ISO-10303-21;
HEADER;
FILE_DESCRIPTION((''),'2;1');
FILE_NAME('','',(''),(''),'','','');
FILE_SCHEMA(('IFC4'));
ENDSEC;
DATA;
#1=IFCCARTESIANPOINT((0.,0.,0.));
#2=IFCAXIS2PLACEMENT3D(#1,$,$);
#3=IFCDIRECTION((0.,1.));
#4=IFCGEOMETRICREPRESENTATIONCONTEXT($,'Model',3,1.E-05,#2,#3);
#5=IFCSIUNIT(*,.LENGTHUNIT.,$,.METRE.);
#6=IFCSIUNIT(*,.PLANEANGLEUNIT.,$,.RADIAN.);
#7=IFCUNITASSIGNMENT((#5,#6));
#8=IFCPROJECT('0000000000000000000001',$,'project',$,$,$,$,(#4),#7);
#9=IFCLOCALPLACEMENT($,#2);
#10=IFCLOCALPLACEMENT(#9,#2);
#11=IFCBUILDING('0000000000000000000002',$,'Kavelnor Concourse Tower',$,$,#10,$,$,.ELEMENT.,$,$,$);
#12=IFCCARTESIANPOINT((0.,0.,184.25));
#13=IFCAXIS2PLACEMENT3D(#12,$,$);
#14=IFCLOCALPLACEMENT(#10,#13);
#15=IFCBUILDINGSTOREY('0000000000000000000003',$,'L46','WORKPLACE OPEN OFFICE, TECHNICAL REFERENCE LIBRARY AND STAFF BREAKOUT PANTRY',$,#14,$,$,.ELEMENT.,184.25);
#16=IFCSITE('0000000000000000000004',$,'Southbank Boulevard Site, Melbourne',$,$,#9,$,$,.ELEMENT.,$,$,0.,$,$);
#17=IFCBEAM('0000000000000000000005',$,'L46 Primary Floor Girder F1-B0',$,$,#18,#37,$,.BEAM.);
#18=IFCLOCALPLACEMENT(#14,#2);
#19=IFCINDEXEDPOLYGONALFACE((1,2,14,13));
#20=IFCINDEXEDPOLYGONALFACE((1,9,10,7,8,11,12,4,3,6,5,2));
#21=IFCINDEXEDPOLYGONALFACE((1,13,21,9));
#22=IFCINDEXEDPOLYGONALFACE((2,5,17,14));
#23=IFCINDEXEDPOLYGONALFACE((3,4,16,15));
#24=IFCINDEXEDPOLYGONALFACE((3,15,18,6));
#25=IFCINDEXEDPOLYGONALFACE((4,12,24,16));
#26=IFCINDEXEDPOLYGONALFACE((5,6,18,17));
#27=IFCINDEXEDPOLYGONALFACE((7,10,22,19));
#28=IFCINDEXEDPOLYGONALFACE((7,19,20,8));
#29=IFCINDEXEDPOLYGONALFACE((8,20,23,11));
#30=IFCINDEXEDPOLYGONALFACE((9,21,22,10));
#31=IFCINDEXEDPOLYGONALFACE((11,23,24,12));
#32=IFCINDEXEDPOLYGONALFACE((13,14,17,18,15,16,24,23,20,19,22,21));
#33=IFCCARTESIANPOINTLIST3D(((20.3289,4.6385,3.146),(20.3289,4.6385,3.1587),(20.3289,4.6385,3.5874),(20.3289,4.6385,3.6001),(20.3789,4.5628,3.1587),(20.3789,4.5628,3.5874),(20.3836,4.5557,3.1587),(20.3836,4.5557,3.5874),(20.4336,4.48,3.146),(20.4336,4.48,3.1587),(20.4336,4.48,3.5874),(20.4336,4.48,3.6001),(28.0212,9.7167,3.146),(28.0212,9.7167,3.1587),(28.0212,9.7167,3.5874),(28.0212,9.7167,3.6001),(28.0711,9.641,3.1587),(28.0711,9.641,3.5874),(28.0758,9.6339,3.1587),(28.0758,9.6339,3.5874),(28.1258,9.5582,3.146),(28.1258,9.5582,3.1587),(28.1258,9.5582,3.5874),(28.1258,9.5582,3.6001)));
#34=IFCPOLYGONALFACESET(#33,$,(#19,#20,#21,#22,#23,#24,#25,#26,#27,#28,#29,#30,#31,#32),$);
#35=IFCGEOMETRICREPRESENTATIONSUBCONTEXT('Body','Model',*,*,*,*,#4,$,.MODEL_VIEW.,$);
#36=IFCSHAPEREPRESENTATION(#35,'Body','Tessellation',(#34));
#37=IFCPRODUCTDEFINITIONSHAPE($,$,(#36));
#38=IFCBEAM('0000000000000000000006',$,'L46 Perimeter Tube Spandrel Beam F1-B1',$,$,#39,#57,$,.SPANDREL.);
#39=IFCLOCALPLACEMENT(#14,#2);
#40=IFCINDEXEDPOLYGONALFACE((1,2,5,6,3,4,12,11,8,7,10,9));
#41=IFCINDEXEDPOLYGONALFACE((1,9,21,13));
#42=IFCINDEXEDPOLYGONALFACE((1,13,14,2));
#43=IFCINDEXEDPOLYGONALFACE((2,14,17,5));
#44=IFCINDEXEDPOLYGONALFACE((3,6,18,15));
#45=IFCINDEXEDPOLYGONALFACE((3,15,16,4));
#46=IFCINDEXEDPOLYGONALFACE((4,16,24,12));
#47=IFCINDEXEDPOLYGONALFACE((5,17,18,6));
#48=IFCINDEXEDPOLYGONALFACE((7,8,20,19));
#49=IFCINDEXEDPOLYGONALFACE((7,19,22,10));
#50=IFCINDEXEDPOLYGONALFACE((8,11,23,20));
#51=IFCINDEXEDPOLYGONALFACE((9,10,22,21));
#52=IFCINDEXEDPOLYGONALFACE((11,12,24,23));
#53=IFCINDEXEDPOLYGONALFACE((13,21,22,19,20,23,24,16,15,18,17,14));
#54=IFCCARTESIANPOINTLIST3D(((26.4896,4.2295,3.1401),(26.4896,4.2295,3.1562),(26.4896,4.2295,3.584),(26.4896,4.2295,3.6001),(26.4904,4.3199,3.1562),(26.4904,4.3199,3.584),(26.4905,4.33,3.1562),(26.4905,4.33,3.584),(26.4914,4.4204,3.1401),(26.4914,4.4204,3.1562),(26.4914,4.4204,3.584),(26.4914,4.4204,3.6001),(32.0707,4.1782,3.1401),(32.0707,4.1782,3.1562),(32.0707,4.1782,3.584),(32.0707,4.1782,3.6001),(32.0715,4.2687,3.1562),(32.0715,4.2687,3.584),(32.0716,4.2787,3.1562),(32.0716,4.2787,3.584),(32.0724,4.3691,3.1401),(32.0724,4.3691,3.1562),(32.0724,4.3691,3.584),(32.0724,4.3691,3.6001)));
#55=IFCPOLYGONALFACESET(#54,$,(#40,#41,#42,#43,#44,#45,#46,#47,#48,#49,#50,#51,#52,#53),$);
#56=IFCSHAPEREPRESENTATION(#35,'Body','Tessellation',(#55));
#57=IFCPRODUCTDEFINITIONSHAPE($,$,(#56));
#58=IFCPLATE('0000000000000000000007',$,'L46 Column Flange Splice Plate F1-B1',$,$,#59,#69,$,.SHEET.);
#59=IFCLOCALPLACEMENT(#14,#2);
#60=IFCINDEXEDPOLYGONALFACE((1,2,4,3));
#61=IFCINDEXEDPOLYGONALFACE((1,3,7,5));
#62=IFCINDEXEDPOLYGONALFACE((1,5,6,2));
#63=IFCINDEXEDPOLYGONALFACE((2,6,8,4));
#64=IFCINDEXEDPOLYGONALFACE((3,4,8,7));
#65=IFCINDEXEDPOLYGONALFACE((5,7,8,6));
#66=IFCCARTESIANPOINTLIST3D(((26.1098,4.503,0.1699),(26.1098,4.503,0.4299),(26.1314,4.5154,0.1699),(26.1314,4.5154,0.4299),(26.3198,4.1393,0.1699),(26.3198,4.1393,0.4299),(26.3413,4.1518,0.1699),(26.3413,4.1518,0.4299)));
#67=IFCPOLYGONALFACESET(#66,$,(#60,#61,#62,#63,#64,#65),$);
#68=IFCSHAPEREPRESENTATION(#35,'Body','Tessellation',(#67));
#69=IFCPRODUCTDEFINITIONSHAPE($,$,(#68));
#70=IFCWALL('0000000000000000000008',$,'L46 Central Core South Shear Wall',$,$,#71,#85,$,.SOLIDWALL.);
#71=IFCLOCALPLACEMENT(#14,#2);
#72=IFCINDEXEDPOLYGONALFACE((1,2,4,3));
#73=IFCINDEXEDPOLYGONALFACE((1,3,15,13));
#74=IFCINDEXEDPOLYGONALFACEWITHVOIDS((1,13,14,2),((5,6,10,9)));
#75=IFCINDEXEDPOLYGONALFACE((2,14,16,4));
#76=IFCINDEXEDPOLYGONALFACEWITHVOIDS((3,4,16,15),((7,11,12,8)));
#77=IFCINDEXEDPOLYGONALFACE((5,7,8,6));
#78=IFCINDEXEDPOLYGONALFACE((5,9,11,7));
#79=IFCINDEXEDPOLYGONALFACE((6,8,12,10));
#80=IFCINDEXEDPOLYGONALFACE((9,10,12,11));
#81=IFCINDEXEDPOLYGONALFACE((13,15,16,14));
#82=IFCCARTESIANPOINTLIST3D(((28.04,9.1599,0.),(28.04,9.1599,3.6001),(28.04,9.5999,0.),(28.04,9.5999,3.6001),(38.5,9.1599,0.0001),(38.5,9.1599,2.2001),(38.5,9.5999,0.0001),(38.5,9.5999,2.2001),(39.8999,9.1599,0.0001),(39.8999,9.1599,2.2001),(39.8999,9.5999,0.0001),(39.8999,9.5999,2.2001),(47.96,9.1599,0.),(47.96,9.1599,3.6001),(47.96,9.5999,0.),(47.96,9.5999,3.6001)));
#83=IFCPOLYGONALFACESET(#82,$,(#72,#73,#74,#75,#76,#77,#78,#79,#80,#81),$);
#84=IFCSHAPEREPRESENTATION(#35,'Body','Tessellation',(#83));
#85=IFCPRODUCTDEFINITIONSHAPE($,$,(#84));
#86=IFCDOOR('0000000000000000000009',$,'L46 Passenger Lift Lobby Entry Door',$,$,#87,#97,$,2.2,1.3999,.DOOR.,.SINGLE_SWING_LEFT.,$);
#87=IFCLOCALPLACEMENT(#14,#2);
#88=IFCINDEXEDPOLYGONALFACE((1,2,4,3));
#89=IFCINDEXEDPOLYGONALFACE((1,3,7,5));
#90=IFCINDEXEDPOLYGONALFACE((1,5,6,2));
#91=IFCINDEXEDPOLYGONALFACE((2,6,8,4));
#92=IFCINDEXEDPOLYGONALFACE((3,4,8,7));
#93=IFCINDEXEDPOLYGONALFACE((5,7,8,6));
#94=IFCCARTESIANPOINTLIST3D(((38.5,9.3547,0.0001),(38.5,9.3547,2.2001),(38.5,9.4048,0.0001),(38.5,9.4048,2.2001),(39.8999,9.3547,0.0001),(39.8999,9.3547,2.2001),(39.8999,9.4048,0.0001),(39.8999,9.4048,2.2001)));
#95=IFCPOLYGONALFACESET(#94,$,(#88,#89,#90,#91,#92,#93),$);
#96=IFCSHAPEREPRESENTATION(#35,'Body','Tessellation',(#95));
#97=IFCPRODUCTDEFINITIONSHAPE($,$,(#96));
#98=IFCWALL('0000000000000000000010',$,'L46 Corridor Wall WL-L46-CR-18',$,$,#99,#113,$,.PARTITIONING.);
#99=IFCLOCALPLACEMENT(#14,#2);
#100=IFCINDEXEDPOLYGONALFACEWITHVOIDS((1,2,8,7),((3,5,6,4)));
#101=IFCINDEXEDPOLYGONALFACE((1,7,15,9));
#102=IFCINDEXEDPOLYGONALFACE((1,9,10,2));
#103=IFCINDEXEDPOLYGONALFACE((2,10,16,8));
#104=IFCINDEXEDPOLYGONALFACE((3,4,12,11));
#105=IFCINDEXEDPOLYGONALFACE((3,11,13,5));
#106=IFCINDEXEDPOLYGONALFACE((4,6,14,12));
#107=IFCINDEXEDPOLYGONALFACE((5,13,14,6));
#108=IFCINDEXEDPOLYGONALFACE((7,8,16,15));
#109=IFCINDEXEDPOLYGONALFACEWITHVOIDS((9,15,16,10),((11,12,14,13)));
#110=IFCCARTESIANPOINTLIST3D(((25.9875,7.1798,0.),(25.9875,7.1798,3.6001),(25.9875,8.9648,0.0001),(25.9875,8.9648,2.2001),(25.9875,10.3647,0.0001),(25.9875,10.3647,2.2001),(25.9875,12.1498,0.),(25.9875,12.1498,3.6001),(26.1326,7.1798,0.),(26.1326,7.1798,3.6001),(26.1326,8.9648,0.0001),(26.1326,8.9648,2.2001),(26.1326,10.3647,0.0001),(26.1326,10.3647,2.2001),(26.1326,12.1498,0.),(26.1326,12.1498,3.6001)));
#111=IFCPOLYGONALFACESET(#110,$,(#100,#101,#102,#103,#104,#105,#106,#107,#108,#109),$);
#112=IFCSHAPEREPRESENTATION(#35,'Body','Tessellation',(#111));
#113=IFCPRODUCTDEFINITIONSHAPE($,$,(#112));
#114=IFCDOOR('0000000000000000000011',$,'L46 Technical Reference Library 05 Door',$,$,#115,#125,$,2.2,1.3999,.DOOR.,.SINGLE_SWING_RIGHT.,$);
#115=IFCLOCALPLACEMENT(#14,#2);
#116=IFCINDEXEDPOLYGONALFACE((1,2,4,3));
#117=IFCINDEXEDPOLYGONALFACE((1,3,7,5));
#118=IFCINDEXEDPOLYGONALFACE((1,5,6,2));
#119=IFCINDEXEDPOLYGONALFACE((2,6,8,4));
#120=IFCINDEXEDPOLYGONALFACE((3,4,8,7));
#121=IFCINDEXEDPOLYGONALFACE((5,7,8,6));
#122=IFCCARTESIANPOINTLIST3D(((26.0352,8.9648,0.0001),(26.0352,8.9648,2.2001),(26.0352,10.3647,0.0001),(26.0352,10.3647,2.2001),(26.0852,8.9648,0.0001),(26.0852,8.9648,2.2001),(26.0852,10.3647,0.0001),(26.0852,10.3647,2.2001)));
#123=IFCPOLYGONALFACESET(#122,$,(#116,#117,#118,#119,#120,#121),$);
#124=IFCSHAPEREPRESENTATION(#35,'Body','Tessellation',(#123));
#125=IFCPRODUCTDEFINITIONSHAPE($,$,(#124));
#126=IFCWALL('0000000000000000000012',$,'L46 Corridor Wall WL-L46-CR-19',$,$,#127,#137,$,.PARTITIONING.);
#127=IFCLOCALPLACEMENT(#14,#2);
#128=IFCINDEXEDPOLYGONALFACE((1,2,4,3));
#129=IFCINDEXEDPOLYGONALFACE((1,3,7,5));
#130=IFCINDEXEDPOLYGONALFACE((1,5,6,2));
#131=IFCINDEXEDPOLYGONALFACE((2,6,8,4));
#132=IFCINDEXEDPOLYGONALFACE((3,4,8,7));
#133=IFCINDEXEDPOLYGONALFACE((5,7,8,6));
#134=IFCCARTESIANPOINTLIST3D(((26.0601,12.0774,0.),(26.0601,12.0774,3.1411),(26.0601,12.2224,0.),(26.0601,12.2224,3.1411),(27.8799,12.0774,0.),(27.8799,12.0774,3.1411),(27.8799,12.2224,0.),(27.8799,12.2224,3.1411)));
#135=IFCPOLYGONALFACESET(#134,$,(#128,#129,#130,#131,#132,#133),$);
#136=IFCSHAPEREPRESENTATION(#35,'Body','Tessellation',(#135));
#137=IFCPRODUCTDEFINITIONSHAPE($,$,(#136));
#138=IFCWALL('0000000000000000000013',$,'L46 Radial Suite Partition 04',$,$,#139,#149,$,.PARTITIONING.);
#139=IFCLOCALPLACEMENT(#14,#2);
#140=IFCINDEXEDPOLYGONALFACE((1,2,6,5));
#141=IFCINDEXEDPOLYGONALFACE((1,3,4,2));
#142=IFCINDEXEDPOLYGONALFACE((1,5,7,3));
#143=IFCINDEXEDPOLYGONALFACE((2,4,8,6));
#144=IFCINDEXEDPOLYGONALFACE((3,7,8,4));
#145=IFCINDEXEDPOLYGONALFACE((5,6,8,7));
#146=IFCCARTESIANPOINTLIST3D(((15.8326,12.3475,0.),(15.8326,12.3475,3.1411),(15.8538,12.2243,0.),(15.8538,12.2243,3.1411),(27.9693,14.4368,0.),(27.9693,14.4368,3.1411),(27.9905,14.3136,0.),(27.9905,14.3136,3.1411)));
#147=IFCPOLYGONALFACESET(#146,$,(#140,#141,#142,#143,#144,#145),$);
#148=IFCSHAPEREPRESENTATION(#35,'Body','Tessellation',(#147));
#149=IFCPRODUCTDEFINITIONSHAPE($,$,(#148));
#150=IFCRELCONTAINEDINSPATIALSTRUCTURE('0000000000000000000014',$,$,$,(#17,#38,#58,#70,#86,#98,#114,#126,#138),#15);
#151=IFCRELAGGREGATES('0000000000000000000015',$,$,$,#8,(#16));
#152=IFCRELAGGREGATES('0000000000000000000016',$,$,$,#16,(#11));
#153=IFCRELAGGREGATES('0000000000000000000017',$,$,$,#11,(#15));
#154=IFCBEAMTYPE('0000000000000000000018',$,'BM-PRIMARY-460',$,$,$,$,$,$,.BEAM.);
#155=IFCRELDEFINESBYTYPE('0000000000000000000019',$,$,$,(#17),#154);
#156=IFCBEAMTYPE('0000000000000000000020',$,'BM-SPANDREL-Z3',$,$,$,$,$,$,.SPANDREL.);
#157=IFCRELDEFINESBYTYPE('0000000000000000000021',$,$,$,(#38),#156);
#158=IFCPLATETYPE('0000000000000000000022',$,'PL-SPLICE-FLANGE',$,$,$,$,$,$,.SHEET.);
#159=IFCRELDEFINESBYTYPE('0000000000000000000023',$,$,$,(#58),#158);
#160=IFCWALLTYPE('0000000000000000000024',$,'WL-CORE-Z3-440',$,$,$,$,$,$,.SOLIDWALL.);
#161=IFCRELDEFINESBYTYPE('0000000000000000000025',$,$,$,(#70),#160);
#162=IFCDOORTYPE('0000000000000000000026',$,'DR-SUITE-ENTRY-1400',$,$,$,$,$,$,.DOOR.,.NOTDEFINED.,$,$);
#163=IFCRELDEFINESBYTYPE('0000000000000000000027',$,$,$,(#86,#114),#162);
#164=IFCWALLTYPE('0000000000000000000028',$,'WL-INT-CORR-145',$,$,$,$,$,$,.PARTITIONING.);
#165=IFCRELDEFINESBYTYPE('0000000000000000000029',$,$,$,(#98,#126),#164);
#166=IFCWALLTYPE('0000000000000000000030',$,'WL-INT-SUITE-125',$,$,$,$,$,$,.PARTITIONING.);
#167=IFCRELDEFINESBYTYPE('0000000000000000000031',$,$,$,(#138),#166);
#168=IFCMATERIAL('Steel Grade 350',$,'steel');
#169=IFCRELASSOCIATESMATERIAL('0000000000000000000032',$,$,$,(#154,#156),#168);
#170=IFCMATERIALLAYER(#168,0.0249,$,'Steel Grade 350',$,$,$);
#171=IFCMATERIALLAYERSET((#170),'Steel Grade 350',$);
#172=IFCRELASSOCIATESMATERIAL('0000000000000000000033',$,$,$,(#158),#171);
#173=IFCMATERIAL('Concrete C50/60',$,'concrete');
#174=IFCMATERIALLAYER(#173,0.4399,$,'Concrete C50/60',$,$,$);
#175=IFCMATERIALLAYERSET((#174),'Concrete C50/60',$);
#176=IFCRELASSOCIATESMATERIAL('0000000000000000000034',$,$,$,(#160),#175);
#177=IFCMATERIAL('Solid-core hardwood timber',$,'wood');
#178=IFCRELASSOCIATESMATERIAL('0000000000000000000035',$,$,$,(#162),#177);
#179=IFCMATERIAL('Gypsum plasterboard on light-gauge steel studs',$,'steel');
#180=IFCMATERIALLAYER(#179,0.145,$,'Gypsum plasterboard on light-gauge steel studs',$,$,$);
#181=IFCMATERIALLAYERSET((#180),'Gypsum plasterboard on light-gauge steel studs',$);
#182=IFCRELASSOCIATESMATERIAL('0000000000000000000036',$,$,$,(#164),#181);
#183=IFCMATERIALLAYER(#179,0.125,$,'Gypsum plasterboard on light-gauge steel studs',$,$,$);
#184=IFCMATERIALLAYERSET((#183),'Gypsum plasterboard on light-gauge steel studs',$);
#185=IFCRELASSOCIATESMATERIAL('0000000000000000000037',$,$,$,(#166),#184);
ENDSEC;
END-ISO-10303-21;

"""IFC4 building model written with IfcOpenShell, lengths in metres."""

from ifc_helpers import new_model, si_unit, direction, frame, frame_2d, origin, origin_2d, place, context, subcontext, project, spatial, rectangle, i_section, extrude, material, layer, layer_set, material_profile, profile_set, type_object, element, fill, save


model = new_model("IFC4")

# Units and contexts
model_context = context("Model", 3, precision=1e-05, world=origin(), true_north=direction((0.0, 1.0)))
body_context = subcontext(model_context, "Body", "Model", "MODEL_VIEW")
ifc_project = project(units=[si_unit("LENGTHUNIT", "METRE"), si_unit("PLANEANGLEUNIT", "RADIAN")], contexts=[model_context])

# Site, building, storey
site_placement = place(None, origin())
site = spatial("IfcSite", under=ifc_project, at=site_placement, Name="Southbank Boulevard Site, Melbourne", CompositionType="ELEMENT", RefElevation=0.0)
building_placement = place(site_placement, origin())
building = spatial("IfcBuilding", under=site, at=building_placement, Name="Kavelnor Concourse Tower", CompositionType="ELEMENT")
storey_placement = place(building_placement, frame((0.0, 0.0, 184.25)))
storey = spatial("IfcBuildingStorey", under=building, at=storey_placement, Name="L46", Description="WORKPLACE OPEN OFFICE, TECHNICAL REFERENCE LIBRARY AND STAFF BREAKOUT PANTRY", CompositionType="ELEMENT", Elevation=184.25)

# Shared definitions
ifc_material_1 = material(Name="Steel Grade 350", Category="steel")

# Beams
ifc_material_profile_1 = material_profile(ifc_material_1, i_section(OverallWidth=0.1899, OverallDepth=0.4541, WebThickness=0.0085, FlangeThickness=0.0127, at=origin_2d()), Name="460UB67")
ifc_profile_set_1 = profile_set([ifc_material_profile_1], Name="Steel Grade 350")
beam_type_1 = type_object("IfcBeamType", Name="BM-PRIMARY-460", PredefinedType="BEAM", material=ifc_profile_set_1)
beam_1_placement = place(storey_placement, frame((28.0735, 9.6375, 3.373), z_axis=(-0.834544, -0.550941, 0.0), x_axis=(0.550941, -0.834544, 0.0)))
element("IfcBeam", 1, at=beam_1_placement, inside=storey, type_object=beam_type_1, Name="L46 Primary Floor Girder F1-B0", PredefinedType="BEAM", context=body_context, shape_type="SweptSolid", body=[
    extrude(i_section(OverallWidth=0.1899, OverallDepth=0.4541, WebThickness=0.0085, FlangeThickness=0.0127, at=origin_2d()), origin(), (0.0, 0.0, 1.0), 9.2173),
])
ifc_material_profile_2 = material_profile(ifc_material_1, i_section(OverallWidth=0.1909, OverallDepth=0.46, WebThickness=0.01, FlangeThickness=0.0161, at=origin_2d()), Name="460UB82")
ifc_profile_set_2 = profile_set([ifc_material_profile_2], Name="Steel Grade 350")
beam_type_2 = type_object("IfcBeamType", Name="BM-SPANDREL-Z3", PredefinedType="SPANDREL", material=ifc_profile_set_2)
beam_2_placement = place(storey_placement, frame((26.4905, 4.325, 3.3701), z_axis=(0.999958, -0.009186, 0.0), x_axis=(0.009186, 0.999958, 0.0)))
element("IfcBeam", 2, at=beam_2_placement, inside=storey, type_object=beam_type_2, Name="L46 Perimeter Tube Spandrel Beam F1-B1", PredefinedType="SPANDREL", context=body_context, shape_type="SweptSolid", body=[
    extrude(i_section(OverallWidth=0.1909, OverallDepth=0.46, WebThickness=0.01, FlangeThickness=0.0161, at=origin_2d()), origin(), (0.0, 0.0, 1.0), 5.5813),
])

# Plate
ifc_layer_1 = layer(ifc_material_1, 0.0249, Name="Steel Grade 350")
ifc_layer_set_1 = layer_set([ifc_layer_1], Name="Steel Grade 350")
plate_type = type_object("IfcPlateType", Name="PL-SPLICE-FLANGE", PredefinedType="SHEET", material=ifc_layer_set_1)
plate_placement = place(storey_placement, frame((26.2256, 4.3274, 0.1699), z_axis=(0.0, 0.0, 1.0), x_axis=(-0.5, 0.866025, 0.0)))
element("IfcPlate", 3, at=plate_placement, inside=storey, type_object=plate_type, Name="L46 Column Flange Splice Plate F1-B1", PredefinedType="SHEET", context=body_context, shape_type="SweptSolid", body=[
    extrude(rectangle(XDim=0.4199, YDim=0.0249, at=origin_2d()), origin(), (0.0, 0.0, 1.0), 0.26),
])

# Walls, openings, doors
ifc_material_2 = material(Name="Concrete C50/60", Category="concrete")
ifc_layer_2 = layer(ifc_material_2, 0.4399, Name="Concrete C50/60")
ifc_layer_set_2 = layer_set([ifc_layer_2], Name="Concrete C50/60")
wall_type_1 = type_object("IfcWallType", Name="WL-CORE-Z3-440", PredefinedType="SOLIDWALL", material=ifc_layer_set_2)
wall_1_placement = place(storey_placement, frame((28.04, 9.3799, 0.0), z_axis=(0.0, 0.0, 1.0), x_axis=(1.0, 0.0, 0.0)))
wall_1 = element("IfcWall", 4, at=wall_1_placement, inside=storey, type_object=wall_type_1, Name="L46 Central Core South Shear Wall", PredefinedType="SOLIDWALL", context=body_context, shape_type="SweptSolid", body=[
    extrude(rectangle(XDim=19.9199, YDim=0.4399, at=frame_2d((9.96, 0.0))), origin(), (0.0, 0.0, 1.0), 3.6001),
])
opening_1_placement = place(wall_1_placement, frame((10.46, 0.0, 0.0)))
opening_1 = element("IfcOpeningElement", 5, at=opening_1_placement, cuts=wall_1, PredefinedType="OPENING", context=body_context, shape_type="SweptSolid", body=[
    extrude(rectangle(XDim=1.3999, YDim=2.2, at=frame_2d((0.7, 1.1001))), frame((0.0, 0.23, 0.0), z_axis=(0.0, -1.0, 0.0), x_axis=(1.0, 0.0, 0.0)), (0.0, 0.0, 1.0), 0.46),
])
ifc_material_3 = material(Name="Solid-core hardwood timber", Category="wood")
door_type = type_object("IfcDoorType", Name="DR-SUITE-ENTRY-1400", OperationType="NOTDEFINED", PredefinedType="DOOR", material=ifc_material_3)
door_1_placement = place(opening_1_placement, origin())
door_1 = element("IfcDoor", 6, at=door_1_placement, inside=storey, type_object=door_type, Name="L46 Passenger Lift Lobby Entry Door", OperationType="SINGLE_SWING_LEFT", OverallHeight=2.2, OverallWidth=1.3999, PredefinedType="DOOR", context=body_context, shape_type="SweptSolid", body=[
    extrude(rectangle(XDim=1.3999, YDim=2.2, at=frame_2d((0.7, 1.1001))), frame((0.0, 0.0249, 0.0), z_axis=(0.0, -1.0, 0.0), x_axis=(1.0, 0.0, 0.0)), (0.0, 0.0, 1.0), 0.05),
])
fill(opening_1, door_1)
ifc_material_4 = material(Name="Gypsum plasterboard on light-gauge steel studs", Category="steel")
ifc_layer_3 = layer(ifc_material_4, 0.145, Name="Gypsum plasterboard on light-gauge steel studs")
ifc_layer_set_3 = layer_set([ifc_layer_3], Name="Gypsum plasterboard on light-gauge steel studs")
wall_type_2 = type_object("IfcWallType", Name="WL-INT-CORR-145", PredefinedType="PARTITIONING", material=ifc_layer_set_3)
wall_2_placement = place(storey_placement, frame((26.0601, 7.1799, 0.0), z_axis=(0.0, 0.0, 1.0), x_axis=(0.0, 1.0, 0.0)))
wall_2 = element("IfcWall", 7, at=wall_2_placement, inside=storey, type_object=wall_type_2, Name="L46 Corridor Wall WL-L46-CR-18", PredefinedType="PARTITIONING", context=body_context, shape_type="SweptSolid", body=[
    extrude(rectangle(XDim=4.97, YDim=0.145, at=frame_2d((2.4849, 0.0))), origin(), (0.0, 0.0, 1.0), 3.6001),
])
opening_2_placement = place(wall_2_placement, frame((1.7849, 0.0, 0.0)))
opening_2 = element("IfcOpeningElement", 8, at=opening_2_placement, cuts=wall_2, PredefinedType="OPENING", context=body_context, shape_type="SweptSolid", body=[
    extrude(rectangle(XDim=1.3999, YDim=2.2, at=frame_2d((0.7, 1.1001))), frame((0.0, 0.0825, 0.0), z_axis=(0.0, -1.0, 0.0), x_axis=(1.0, 0.0, 0.0)), (0.0, 0.0, 1.0), 0.165),
])
door_2_placement = place(opening_2_placement, origin())
door_2 = element("IfcDoor", 9, at=door_2_placement, inside=storey, type_object=door_type, Name="L46 Technical Reference Library 05 Door", OperationType="SINGLE_SWING_RIGHT", OverallHeight=2.2, OverallWidth=1.3999, PredefinedType="DOOR", context=body_context, shape_type="SweptSolid", body=[
    extrude(rectangle(XDim=1.3999, YDim=2.2, at=frame_2d((0.7, 1.1001))), frame((0.0, 0.0249, 0.0), z_axis=(0.0, -1.0, 0.0), x_axis=(1.0, 0.0, 0.0)), (0.0, 0.0, 1.0), 0.05),
])
fill(opening_2, door_2)

# Walls
wall_3_placement = place(storey_placement, frame((26.0601, 12.1499, 0.0), z_axis=(0.0, 0.0, 1.0), x_axis=(1.0, 0.0, 0.0)))
element("IfcWall", 10, at=wall_3_placement, inside=storey, type_object=wall_type_2, Name="L46 Corridor Wall WL-L46-CR-19", PredefinedType="PARTITIONING", context=body_context, shape_type="SweptSolid", body=[
    extrude(rectangle(XDim=1.8198, YDim=0.145, at=frame_2d((0.9099, 0.0))), origin(), (0.0, 0.0, 1.0), 3.1411),
])
ifc_layer_4 = layer(ifc_material_4, 0.125, Name="Gypsum plasterboard on light-gauge steel studs")
ifc_layer_set_4 = layer_set([ifc_layer_4], Name="Gypsum plasterboard on light-gauge steel studs")
wall_type_3 = type_object("IfcWallType", Name="WL-INT-SUITE-125", PredefinedType="PARTITIONING", material=ifc_layer_set_4)
wall_4_placement = place(storey_placement, frame((27.98, 14.3752, 0.0), z_axis=(0.0, 0.0, 1.0), x_axis=(-0.985503, -0.169656, 0.0)))
element("IfcWall", 11, at=wall_4_placement, inside=storey, type_object=wall_type_3, Name="L46 Radial Suite Partition 04", PredefinedType="PARTITIONING", context=body_context, shape_type="SweptSolid", body=[
    extrude(rectangle(XDim=12.3152, YDim=0.125, at=frame_2d((6.1577, 0.0))), origin(), (0.0, 0.0, 1.0), 3.1411),
])

save(model, "model.ifc")
